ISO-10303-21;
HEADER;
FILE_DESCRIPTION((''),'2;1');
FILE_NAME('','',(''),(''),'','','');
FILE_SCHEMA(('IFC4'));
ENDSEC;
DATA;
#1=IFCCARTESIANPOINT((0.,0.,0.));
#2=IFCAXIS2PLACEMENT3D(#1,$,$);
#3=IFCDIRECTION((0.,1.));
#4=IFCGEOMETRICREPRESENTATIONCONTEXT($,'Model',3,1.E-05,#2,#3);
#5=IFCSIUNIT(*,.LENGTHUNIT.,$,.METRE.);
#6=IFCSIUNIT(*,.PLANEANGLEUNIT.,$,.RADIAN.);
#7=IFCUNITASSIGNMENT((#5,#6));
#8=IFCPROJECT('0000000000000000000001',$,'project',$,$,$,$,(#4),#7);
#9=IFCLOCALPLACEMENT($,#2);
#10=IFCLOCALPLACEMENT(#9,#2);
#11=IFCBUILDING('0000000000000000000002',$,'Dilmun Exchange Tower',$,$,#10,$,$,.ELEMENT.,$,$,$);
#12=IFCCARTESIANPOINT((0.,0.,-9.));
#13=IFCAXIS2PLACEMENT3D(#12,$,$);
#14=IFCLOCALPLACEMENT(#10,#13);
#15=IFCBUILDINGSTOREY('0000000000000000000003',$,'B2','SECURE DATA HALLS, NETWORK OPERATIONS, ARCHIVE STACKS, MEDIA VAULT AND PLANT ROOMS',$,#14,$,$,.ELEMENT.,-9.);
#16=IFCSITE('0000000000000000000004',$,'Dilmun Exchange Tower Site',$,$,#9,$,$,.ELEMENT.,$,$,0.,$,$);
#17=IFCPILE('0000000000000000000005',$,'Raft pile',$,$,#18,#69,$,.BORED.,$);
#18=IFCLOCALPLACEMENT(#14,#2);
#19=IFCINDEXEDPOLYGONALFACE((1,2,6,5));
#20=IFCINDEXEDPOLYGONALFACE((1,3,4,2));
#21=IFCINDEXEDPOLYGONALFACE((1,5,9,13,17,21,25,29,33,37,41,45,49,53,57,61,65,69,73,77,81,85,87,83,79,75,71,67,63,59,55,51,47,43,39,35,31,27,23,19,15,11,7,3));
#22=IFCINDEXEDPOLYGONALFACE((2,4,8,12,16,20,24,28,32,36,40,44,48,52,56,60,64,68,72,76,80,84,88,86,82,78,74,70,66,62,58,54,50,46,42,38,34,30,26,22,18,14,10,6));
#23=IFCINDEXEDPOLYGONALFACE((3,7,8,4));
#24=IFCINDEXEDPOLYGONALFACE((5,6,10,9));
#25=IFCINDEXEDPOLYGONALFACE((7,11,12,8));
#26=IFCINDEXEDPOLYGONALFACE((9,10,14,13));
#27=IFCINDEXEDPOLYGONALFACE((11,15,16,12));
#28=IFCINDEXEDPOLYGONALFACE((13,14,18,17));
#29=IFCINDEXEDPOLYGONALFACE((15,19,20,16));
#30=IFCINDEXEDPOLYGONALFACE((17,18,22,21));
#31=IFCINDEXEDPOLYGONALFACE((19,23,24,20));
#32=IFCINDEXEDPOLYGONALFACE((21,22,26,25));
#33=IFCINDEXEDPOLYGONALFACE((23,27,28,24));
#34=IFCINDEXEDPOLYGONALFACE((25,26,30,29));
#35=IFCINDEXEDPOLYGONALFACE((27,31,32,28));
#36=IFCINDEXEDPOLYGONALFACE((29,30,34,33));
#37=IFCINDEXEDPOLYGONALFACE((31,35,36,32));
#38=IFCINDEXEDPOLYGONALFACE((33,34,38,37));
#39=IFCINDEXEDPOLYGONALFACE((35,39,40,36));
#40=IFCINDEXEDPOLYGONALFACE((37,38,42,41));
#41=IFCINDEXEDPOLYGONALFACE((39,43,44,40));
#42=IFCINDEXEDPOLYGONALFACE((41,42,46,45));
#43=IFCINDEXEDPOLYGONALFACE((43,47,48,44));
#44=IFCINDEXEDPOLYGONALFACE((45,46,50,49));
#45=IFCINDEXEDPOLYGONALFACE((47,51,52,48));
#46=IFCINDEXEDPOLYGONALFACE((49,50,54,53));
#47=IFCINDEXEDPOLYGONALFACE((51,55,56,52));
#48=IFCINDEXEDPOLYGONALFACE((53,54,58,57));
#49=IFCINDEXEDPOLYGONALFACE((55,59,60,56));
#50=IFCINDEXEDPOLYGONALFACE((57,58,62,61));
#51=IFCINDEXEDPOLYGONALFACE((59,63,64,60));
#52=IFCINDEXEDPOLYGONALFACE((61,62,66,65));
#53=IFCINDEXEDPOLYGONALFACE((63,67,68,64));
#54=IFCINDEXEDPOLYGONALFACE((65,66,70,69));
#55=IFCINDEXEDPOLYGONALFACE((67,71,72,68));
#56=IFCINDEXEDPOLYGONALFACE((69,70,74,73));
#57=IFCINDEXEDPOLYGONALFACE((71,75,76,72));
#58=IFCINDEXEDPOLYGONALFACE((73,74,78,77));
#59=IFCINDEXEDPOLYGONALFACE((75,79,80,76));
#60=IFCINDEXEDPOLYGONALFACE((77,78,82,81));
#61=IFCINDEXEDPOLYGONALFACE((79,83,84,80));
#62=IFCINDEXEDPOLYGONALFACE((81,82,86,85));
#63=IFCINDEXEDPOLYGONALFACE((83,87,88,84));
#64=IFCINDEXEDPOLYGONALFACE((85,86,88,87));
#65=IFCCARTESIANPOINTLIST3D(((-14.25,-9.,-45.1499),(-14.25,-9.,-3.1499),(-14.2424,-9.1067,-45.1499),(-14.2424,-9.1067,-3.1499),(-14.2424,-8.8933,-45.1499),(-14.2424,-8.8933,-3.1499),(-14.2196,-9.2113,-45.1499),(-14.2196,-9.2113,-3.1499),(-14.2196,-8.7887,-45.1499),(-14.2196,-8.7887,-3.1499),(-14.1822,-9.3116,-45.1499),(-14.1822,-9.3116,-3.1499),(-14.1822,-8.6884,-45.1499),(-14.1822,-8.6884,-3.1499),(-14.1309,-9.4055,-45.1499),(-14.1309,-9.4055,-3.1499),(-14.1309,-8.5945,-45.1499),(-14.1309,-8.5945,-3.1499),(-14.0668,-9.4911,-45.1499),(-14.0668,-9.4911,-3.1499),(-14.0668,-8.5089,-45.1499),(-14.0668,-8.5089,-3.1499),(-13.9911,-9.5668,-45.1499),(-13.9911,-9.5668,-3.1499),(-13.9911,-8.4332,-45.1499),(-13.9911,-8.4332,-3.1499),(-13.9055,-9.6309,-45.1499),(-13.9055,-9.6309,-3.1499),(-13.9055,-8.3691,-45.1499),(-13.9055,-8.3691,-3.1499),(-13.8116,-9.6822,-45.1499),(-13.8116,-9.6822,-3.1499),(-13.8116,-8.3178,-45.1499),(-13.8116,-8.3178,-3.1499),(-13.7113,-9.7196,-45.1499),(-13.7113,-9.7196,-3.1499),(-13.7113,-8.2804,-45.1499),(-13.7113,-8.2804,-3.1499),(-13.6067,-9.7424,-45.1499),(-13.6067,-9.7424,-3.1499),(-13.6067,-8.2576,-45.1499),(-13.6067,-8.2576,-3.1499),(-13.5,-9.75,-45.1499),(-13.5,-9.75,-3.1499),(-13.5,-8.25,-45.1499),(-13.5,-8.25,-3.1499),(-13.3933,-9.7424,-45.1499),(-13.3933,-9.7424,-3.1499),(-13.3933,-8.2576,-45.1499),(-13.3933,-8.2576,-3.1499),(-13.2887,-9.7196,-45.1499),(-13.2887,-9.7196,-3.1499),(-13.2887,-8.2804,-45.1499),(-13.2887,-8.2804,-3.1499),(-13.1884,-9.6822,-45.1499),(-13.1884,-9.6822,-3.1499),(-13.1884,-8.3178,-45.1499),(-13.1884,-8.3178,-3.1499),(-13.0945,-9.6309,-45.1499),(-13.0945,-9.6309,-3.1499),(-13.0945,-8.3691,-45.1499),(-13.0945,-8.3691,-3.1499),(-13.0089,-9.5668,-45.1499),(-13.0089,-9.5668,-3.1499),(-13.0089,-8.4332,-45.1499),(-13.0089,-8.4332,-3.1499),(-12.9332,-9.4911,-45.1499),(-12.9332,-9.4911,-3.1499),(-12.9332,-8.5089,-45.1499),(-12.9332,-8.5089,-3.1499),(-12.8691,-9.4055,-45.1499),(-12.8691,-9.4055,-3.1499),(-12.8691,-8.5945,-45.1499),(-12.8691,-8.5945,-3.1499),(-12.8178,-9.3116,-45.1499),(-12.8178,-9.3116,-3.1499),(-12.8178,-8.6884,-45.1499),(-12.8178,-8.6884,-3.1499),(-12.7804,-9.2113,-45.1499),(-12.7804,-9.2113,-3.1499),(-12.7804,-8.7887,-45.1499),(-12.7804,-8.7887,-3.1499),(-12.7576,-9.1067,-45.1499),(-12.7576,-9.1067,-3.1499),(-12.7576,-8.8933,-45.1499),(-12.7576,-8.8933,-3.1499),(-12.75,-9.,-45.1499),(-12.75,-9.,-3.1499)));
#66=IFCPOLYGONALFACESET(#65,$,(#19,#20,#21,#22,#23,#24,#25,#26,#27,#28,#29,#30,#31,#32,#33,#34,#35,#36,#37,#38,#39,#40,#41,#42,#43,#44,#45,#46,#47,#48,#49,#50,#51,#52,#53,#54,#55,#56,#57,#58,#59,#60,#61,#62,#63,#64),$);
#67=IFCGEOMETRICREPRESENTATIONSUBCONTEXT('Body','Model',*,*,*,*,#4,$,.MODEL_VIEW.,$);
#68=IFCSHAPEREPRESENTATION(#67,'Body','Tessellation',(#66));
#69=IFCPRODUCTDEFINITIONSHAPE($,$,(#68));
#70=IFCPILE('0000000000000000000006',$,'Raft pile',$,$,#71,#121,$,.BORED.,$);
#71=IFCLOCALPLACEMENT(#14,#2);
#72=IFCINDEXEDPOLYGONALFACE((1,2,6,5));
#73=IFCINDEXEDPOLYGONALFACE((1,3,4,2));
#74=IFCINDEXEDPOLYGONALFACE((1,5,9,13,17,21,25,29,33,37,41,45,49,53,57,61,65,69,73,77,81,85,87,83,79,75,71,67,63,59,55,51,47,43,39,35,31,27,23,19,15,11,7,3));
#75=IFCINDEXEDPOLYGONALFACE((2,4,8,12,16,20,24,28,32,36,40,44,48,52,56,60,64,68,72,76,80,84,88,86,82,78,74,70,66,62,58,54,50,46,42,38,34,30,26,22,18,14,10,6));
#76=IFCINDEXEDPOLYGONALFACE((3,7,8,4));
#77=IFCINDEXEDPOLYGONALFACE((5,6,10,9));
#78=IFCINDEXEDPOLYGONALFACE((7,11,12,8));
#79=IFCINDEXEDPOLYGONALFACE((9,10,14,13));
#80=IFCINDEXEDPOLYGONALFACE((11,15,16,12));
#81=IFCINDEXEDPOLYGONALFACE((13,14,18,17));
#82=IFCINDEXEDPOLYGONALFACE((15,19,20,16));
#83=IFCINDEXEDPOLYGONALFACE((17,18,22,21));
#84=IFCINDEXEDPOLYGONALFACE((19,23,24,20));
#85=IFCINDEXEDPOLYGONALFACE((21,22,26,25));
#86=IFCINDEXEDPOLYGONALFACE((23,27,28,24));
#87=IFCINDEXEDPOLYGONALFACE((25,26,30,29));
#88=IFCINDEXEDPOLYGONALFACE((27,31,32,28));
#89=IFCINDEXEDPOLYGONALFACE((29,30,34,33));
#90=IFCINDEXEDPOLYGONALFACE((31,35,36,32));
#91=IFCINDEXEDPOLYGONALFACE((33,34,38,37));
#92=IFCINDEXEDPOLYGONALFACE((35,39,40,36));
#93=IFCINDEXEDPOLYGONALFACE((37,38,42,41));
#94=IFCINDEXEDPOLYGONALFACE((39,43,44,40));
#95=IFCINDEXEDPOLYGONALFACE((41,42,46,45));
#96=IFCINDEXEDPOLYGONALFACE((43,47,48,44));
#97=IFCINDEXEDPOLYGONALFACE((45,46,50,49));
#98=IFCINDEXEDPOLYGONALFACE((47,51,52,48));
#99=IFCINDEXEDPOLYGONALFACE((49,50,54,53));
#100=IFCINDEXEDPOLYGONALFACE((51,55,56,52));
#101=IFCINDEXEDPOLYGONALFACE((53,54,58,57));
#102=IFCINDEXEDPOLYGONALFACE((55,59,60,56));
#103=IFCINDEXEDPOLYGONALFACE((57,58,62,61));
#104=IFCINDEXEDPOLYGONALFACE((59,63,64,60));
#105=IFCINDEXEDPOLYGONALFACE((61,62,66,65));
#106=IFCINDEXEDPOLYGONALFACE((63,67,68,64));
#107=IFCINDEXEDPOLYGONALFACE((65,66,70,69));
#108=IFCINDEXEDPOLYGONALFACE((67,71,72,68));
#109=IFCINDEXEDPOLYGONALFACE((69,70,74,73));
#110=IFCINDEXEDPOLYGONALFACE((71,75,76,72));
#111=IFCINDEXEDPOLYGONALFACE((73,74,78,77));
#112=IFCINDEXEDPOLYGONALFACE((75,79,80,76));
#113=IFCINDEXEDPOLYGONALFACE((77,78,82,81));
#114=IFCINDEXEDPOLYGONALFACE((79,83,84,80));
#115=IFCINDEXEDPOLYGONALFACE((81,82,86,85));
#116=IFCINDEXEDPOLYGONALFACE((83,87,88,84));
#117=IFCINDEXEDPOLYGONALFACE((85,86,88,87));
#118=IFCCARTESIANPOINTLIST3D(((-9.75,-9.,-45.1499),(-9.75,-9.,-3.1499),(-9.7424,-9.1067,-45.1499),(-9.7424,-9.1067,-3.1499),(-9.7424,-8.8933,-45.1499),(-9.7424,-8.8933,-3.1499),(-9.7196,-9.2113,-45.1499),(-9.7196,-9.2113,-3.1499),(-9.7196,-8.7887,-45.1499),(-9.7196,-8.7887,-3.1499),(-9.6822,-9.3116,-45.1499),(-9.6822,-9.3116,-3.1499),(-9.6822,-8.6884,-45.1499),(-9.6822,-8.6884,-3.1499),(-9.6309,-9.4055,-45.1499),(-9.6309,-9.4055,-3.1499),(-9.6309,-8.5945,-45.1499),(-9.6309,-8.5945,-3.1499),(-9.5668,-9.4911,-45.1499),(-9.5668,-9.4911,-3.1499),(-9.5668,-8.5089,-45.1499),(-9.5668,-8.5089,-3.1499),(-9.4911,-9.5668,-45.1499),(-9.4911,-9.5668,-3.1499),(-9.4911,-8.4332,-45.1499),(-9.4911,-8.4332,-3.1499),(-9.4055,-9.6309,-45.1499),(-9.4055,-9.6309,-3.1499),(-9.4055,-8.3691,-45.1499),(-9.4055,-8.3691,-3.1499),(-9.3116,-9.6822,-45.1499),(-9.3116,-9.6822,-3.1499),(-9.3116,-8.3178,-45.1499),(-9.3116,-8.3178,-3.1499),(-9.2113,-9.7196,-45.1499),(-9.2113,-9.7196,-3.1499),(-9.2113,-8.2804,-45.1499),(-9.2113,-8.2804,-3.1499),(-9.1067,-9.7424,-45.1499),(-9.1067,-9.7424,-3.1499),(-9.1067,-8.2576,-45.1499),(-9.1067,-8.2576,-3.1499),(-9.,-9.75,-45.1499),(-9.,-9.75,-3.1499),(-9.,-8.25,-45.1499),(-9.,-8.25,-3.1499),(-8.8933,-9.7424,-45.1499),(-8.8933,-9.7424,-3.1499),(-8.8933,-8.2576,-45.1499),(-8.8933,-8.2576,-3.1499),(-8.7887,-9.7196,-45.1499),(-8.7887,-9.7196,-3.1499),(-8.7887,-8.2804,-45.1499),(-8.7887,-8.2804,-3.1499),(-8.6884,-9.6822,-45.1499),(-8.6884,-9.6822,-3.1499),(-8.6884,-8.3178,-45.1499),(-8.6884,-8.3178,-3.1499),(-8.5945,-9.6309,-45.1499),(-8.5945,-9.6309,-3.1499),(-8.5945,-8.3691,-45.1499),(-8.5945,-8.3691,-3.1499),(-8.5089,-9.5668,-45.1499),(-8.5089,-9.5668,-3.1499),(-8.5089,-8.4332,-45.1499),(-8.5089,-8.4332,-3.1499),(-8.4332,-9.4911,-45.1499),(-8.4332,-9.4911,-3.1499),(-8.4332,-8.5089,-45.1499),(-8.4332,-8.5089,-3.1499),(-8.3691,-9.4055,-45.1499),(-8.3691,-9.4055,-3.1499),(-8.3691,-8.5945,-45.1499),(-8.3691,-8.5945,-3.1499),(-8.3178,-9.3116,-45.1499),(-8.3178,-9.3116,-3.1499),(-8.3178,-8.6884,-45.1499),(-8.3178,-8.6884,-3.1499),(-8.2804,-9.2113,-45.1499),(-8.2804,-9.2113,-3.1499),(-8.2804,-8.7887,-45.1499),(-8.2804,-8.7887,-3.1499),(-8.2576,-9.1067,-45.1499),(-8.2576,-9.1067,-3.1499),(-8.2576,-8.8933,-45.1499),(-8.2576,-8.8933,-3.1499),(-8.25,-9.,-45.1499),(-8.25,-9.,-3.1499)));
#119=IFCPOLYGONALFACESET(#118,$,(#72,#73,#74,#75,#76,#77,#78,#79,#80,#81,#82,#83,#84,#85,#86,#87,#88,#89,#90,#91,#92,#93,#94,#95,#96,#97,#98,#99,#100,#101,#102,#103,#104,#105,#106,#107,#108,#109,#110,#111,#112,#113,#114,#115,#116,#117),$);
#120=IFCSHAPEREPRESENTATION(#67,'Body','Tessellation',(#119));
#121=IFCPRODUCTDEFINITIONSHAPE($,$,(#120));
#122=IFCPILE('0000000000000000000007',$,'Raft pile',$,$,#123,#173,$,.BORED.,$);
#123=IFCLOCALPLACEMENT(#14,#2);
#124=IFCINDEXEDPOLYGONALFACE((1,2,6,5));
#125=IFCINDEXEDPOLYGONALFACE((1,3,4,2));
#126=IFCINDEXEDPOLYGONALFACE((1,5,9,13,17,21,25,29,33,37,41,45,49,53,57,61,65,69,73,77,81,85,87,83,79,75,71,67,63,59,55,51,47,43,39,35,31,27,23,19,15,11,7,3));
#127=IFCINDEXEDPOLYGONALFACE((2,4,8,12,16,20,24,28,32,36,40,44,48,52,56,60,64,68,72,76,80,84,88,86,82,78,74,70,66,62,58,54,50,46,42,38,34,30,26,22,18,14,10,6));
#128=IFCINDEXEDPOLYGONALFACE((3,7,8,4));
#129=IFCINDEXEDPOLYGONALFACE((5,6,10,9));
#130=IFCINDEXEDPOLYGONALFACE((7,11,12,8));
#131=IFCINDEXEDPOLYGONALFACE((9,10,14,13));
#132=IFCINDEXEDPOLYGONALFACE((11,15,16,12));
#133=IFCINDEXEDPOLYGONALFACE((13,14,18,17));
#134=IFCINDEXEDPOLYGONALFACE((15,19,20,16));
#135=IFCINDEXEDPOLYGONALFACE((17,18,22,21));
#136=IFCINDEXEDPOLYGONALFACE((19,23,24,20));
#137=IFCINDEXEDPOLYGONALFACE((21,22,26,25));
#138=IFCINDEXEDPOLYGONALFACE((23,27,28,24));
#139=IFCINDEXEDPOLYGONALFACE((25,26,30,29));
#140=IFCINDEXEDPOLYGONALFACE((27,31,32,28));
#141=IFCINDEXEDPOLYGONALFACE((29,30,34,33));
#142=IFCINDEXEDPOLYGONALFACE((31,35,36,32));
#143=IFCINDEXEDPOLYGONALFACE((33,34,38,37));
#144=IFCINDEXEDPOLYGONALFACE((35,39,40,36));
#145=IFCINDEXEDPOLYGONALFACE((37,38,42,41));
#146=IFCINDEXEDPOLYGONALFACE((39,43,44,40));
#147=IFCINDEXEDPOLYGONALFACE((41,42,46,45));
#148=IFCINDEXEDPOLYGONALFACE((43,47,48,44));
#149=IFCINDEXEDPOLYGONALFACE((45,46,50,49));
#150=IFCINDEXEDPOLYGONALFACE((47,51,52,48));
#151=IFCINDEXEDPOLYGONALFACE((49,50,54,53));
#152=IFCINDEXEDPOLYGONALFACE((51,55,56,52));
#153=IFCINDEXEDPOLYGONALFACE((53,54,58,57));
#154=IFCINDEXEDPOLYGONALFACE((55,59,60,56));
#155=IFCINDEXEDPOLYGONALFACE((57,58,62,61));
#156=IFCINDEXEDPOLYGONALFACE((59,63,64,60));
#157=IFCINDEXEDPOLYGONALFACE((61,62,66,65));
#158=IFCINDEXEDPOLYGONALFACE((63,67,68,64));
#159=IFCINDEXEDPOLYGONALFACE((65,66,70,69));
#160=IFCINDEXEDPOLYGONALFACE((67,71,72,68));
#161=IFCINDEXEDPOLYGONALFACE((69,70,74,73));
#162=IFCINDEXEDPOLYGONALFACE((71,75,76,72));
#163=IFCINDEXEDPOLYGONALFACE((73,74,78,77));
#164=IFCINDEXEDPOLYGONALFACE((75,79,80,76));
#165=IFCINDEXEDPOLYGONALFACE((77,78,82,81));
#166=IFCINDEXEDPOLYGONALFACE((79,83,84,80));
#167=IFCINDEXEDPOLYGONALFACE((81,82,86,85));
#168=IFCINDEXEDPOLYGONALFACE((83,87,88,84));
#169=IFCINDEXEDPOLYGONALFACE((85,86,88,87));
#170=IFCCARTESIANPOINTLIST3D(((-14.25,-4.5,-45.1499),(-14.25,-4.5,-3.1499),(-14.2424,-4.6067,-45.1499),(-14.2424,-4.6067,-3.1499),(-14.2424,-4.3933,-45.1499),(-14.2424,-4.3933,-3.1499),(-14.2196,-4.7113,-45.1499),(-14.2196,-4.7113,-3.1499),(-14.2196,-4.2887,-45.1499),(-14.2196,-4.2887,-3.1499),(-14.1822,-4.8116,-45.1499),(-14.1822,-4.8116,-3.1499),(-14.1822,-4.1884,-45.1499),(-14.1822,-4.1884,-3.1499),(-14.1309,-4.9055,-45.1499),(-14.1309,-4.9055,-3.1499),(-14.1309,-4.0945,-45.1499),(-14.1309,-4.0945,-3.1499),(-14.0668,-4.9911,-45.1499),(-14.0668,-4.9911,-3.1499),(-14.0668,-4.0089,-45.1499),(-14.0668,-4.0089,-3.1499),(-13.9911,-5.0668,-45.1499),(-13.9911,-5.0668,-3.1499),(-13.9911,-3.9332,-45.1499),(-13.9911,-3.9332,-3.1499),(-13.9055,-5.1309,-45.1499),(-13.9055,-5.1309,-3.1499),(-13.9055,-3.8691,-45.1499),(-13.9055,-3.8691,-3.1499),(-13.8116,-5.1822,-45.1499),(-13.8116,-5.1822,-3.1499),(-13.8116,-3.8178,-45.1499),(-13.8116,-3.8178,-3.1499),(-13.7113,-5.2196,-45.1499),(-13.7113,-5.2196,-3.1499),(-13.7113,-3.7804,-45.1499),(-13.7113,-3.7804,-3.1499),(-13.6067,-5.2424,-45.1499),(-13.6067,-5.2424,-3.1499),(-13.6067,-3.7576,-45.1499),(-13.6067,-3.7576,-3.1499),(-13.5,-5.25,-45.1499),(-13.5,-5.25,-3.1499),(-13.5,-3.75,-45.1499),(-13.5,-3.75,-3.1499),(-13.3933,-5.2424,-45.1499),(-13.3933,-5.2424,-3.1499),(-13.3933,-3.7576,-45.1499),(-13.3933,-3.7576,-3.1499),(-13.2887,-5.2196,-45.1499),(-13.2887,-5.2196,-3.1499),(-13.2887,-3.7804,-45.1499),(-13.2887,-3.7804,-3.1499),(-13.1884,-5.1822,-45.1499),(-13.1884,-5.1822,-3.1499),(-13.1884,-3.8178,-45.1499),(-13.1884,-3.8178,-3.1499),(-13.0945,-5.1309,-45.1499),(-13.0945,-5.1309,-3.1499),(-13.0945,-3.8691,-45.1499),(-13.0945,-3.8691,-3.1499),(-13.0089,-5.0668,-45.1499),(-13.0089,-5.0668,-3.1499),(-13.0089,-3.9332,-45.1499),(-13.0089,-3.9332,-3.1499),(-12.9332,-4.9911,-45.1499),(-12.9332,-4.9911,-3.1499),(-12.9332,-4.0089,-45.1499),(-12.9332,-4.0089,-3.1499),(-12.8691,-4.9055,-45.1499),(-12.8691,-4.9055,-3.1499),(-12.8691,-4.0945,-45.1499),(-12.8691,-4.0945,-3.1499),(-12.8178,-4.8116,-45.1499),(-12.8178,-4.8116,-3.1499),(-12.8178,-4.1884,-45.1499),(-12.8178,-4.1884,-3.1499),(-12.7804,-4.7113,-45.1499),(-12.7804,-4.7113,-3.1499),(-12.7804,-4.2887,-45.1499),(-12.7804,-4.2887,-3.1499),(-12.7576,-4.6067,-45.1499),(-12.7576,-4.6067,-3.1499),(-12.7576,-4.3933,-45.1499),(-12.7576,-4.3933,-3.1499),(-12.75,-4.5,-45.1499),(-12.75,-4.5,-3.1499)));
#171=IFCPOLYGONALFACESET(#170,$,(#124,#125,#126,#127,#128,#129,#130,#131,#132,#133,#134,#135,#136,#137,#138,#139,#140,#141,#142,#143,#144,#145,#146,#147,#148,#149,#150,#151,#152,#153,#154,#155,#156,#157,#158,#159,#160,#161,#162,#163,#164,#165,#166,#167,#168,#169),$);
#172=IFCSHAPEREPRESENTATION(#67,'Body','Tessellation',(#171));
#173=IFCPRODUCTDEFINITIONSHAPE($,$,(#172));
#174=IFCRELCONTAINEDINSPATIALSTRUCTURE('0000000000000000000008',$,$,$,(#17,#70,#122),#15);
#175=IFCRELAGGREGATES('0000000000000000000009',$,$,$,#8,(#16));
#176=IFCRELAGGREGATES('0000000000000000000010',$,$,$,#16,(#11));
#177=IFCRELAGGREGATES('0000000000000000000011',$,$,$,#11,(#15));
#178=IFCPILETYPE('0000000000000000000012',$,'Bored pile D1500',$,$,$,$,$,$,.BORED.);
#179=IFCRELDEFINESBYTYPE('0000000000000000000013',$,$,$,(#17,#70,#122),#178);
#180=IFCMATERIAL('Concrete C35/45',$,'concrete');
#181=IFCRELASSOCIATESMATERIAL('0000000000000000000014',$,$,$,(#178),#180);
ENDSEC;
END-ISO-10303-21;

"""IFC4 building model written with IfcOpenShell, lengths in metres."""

from ifc_helpers import new_model, si_unit, direction, frame, origin, origin_2d, place, context, subcontext, project, spatial, circle, extrude, material, material_profile, profile_set, type_object, element, save


model = new_model("IFC4")

# Units and contexts
model_context = context("Model", 3, precision=1e-05, world=origin(), true_north=direction((0.0, 1.0)))
body_context = subcontext(model_context, "Body", "Model", "MODEL_VIEW")
ifc_project = project(units=[si_unit("LENGTHUNIT", "METRE"), si_unit("PLANEANGLEUNIT", "RADIAN")], contexts=[model_context])

# Site, building, storey
site_placement = place(None, origin())
site = spatial("IfcSite", under=ifc_project, at=site_placement, Name="Dilmun Exchange Tower Site", CompositionType="ELEMENT", RefElevation=0.0)
building_placement = place(site_placement, origin())
building = spatial("IfcBuilding", under=site, at=building_placement, Name="Dilmun Exchange Tower", CompositionType="ELEMENT")
storey_placement = place(building_placement, frame((0.0, 0.0, -9.0)))
storey = spatial("IfcBuildingStorey", under=building, at=storey_placement, Name="B2", Description="SECURE DATA HALLS, NETWORK OPERATIONS, ARCHIVE STACKS, MEDIA VAULT AND PLANT ROOMS", CompositionType="ELEMENT", Elevation=-9.0)

# Piles
ifc_material_1 = material(Name="Concrete C35/45", Category="concrete")
ifc_material_profile_1 = material_profile(ifc_material_1, circle(Radius=0.75, at=origin_2d()), Name="D1500")
ifc_profile_set_1 = profile_set([ifc_material_profile_1], Name="Concrete C35/45")
pile_type = type_object("IfcPileType", Name="Bored pile D1500", PredefinedType="BORED", material=ifc_profile_set_1)
for number, where, z_axis, x_axis, name in (
    (1, (-13.5, -9.0, -3.1499), (0.0, 0.0, -1.0), (1.0, 0.0, 0.0), "Raft pile"),
    (2, (-9.0, -9.0, -3.1499), (0.0, 0.0, -1.0), (1.0, 0.0, 0.0), "Raft pile"),
    (3, (-13.5, -4.5, -3.1499), (0.0, 0.0, -1.0), (1.0, 0.0, 0.0), "Raft pile"),
):
    element("IfcPile", number, at=place(storey_placement, frame(where, z_axis=z_axis, x_axis=x_axis)), inside=storey, type_object=pile_type, Name=name, PredefinedType="BORED", context=body_context, shape_type="SweptSolid", body=[
        extrude(circle(Radius=0.75, at=origin_2d()), origin(), (0.0, 0.0, 1.0), 42.0),
    ])

save(model, "model.ifc")
